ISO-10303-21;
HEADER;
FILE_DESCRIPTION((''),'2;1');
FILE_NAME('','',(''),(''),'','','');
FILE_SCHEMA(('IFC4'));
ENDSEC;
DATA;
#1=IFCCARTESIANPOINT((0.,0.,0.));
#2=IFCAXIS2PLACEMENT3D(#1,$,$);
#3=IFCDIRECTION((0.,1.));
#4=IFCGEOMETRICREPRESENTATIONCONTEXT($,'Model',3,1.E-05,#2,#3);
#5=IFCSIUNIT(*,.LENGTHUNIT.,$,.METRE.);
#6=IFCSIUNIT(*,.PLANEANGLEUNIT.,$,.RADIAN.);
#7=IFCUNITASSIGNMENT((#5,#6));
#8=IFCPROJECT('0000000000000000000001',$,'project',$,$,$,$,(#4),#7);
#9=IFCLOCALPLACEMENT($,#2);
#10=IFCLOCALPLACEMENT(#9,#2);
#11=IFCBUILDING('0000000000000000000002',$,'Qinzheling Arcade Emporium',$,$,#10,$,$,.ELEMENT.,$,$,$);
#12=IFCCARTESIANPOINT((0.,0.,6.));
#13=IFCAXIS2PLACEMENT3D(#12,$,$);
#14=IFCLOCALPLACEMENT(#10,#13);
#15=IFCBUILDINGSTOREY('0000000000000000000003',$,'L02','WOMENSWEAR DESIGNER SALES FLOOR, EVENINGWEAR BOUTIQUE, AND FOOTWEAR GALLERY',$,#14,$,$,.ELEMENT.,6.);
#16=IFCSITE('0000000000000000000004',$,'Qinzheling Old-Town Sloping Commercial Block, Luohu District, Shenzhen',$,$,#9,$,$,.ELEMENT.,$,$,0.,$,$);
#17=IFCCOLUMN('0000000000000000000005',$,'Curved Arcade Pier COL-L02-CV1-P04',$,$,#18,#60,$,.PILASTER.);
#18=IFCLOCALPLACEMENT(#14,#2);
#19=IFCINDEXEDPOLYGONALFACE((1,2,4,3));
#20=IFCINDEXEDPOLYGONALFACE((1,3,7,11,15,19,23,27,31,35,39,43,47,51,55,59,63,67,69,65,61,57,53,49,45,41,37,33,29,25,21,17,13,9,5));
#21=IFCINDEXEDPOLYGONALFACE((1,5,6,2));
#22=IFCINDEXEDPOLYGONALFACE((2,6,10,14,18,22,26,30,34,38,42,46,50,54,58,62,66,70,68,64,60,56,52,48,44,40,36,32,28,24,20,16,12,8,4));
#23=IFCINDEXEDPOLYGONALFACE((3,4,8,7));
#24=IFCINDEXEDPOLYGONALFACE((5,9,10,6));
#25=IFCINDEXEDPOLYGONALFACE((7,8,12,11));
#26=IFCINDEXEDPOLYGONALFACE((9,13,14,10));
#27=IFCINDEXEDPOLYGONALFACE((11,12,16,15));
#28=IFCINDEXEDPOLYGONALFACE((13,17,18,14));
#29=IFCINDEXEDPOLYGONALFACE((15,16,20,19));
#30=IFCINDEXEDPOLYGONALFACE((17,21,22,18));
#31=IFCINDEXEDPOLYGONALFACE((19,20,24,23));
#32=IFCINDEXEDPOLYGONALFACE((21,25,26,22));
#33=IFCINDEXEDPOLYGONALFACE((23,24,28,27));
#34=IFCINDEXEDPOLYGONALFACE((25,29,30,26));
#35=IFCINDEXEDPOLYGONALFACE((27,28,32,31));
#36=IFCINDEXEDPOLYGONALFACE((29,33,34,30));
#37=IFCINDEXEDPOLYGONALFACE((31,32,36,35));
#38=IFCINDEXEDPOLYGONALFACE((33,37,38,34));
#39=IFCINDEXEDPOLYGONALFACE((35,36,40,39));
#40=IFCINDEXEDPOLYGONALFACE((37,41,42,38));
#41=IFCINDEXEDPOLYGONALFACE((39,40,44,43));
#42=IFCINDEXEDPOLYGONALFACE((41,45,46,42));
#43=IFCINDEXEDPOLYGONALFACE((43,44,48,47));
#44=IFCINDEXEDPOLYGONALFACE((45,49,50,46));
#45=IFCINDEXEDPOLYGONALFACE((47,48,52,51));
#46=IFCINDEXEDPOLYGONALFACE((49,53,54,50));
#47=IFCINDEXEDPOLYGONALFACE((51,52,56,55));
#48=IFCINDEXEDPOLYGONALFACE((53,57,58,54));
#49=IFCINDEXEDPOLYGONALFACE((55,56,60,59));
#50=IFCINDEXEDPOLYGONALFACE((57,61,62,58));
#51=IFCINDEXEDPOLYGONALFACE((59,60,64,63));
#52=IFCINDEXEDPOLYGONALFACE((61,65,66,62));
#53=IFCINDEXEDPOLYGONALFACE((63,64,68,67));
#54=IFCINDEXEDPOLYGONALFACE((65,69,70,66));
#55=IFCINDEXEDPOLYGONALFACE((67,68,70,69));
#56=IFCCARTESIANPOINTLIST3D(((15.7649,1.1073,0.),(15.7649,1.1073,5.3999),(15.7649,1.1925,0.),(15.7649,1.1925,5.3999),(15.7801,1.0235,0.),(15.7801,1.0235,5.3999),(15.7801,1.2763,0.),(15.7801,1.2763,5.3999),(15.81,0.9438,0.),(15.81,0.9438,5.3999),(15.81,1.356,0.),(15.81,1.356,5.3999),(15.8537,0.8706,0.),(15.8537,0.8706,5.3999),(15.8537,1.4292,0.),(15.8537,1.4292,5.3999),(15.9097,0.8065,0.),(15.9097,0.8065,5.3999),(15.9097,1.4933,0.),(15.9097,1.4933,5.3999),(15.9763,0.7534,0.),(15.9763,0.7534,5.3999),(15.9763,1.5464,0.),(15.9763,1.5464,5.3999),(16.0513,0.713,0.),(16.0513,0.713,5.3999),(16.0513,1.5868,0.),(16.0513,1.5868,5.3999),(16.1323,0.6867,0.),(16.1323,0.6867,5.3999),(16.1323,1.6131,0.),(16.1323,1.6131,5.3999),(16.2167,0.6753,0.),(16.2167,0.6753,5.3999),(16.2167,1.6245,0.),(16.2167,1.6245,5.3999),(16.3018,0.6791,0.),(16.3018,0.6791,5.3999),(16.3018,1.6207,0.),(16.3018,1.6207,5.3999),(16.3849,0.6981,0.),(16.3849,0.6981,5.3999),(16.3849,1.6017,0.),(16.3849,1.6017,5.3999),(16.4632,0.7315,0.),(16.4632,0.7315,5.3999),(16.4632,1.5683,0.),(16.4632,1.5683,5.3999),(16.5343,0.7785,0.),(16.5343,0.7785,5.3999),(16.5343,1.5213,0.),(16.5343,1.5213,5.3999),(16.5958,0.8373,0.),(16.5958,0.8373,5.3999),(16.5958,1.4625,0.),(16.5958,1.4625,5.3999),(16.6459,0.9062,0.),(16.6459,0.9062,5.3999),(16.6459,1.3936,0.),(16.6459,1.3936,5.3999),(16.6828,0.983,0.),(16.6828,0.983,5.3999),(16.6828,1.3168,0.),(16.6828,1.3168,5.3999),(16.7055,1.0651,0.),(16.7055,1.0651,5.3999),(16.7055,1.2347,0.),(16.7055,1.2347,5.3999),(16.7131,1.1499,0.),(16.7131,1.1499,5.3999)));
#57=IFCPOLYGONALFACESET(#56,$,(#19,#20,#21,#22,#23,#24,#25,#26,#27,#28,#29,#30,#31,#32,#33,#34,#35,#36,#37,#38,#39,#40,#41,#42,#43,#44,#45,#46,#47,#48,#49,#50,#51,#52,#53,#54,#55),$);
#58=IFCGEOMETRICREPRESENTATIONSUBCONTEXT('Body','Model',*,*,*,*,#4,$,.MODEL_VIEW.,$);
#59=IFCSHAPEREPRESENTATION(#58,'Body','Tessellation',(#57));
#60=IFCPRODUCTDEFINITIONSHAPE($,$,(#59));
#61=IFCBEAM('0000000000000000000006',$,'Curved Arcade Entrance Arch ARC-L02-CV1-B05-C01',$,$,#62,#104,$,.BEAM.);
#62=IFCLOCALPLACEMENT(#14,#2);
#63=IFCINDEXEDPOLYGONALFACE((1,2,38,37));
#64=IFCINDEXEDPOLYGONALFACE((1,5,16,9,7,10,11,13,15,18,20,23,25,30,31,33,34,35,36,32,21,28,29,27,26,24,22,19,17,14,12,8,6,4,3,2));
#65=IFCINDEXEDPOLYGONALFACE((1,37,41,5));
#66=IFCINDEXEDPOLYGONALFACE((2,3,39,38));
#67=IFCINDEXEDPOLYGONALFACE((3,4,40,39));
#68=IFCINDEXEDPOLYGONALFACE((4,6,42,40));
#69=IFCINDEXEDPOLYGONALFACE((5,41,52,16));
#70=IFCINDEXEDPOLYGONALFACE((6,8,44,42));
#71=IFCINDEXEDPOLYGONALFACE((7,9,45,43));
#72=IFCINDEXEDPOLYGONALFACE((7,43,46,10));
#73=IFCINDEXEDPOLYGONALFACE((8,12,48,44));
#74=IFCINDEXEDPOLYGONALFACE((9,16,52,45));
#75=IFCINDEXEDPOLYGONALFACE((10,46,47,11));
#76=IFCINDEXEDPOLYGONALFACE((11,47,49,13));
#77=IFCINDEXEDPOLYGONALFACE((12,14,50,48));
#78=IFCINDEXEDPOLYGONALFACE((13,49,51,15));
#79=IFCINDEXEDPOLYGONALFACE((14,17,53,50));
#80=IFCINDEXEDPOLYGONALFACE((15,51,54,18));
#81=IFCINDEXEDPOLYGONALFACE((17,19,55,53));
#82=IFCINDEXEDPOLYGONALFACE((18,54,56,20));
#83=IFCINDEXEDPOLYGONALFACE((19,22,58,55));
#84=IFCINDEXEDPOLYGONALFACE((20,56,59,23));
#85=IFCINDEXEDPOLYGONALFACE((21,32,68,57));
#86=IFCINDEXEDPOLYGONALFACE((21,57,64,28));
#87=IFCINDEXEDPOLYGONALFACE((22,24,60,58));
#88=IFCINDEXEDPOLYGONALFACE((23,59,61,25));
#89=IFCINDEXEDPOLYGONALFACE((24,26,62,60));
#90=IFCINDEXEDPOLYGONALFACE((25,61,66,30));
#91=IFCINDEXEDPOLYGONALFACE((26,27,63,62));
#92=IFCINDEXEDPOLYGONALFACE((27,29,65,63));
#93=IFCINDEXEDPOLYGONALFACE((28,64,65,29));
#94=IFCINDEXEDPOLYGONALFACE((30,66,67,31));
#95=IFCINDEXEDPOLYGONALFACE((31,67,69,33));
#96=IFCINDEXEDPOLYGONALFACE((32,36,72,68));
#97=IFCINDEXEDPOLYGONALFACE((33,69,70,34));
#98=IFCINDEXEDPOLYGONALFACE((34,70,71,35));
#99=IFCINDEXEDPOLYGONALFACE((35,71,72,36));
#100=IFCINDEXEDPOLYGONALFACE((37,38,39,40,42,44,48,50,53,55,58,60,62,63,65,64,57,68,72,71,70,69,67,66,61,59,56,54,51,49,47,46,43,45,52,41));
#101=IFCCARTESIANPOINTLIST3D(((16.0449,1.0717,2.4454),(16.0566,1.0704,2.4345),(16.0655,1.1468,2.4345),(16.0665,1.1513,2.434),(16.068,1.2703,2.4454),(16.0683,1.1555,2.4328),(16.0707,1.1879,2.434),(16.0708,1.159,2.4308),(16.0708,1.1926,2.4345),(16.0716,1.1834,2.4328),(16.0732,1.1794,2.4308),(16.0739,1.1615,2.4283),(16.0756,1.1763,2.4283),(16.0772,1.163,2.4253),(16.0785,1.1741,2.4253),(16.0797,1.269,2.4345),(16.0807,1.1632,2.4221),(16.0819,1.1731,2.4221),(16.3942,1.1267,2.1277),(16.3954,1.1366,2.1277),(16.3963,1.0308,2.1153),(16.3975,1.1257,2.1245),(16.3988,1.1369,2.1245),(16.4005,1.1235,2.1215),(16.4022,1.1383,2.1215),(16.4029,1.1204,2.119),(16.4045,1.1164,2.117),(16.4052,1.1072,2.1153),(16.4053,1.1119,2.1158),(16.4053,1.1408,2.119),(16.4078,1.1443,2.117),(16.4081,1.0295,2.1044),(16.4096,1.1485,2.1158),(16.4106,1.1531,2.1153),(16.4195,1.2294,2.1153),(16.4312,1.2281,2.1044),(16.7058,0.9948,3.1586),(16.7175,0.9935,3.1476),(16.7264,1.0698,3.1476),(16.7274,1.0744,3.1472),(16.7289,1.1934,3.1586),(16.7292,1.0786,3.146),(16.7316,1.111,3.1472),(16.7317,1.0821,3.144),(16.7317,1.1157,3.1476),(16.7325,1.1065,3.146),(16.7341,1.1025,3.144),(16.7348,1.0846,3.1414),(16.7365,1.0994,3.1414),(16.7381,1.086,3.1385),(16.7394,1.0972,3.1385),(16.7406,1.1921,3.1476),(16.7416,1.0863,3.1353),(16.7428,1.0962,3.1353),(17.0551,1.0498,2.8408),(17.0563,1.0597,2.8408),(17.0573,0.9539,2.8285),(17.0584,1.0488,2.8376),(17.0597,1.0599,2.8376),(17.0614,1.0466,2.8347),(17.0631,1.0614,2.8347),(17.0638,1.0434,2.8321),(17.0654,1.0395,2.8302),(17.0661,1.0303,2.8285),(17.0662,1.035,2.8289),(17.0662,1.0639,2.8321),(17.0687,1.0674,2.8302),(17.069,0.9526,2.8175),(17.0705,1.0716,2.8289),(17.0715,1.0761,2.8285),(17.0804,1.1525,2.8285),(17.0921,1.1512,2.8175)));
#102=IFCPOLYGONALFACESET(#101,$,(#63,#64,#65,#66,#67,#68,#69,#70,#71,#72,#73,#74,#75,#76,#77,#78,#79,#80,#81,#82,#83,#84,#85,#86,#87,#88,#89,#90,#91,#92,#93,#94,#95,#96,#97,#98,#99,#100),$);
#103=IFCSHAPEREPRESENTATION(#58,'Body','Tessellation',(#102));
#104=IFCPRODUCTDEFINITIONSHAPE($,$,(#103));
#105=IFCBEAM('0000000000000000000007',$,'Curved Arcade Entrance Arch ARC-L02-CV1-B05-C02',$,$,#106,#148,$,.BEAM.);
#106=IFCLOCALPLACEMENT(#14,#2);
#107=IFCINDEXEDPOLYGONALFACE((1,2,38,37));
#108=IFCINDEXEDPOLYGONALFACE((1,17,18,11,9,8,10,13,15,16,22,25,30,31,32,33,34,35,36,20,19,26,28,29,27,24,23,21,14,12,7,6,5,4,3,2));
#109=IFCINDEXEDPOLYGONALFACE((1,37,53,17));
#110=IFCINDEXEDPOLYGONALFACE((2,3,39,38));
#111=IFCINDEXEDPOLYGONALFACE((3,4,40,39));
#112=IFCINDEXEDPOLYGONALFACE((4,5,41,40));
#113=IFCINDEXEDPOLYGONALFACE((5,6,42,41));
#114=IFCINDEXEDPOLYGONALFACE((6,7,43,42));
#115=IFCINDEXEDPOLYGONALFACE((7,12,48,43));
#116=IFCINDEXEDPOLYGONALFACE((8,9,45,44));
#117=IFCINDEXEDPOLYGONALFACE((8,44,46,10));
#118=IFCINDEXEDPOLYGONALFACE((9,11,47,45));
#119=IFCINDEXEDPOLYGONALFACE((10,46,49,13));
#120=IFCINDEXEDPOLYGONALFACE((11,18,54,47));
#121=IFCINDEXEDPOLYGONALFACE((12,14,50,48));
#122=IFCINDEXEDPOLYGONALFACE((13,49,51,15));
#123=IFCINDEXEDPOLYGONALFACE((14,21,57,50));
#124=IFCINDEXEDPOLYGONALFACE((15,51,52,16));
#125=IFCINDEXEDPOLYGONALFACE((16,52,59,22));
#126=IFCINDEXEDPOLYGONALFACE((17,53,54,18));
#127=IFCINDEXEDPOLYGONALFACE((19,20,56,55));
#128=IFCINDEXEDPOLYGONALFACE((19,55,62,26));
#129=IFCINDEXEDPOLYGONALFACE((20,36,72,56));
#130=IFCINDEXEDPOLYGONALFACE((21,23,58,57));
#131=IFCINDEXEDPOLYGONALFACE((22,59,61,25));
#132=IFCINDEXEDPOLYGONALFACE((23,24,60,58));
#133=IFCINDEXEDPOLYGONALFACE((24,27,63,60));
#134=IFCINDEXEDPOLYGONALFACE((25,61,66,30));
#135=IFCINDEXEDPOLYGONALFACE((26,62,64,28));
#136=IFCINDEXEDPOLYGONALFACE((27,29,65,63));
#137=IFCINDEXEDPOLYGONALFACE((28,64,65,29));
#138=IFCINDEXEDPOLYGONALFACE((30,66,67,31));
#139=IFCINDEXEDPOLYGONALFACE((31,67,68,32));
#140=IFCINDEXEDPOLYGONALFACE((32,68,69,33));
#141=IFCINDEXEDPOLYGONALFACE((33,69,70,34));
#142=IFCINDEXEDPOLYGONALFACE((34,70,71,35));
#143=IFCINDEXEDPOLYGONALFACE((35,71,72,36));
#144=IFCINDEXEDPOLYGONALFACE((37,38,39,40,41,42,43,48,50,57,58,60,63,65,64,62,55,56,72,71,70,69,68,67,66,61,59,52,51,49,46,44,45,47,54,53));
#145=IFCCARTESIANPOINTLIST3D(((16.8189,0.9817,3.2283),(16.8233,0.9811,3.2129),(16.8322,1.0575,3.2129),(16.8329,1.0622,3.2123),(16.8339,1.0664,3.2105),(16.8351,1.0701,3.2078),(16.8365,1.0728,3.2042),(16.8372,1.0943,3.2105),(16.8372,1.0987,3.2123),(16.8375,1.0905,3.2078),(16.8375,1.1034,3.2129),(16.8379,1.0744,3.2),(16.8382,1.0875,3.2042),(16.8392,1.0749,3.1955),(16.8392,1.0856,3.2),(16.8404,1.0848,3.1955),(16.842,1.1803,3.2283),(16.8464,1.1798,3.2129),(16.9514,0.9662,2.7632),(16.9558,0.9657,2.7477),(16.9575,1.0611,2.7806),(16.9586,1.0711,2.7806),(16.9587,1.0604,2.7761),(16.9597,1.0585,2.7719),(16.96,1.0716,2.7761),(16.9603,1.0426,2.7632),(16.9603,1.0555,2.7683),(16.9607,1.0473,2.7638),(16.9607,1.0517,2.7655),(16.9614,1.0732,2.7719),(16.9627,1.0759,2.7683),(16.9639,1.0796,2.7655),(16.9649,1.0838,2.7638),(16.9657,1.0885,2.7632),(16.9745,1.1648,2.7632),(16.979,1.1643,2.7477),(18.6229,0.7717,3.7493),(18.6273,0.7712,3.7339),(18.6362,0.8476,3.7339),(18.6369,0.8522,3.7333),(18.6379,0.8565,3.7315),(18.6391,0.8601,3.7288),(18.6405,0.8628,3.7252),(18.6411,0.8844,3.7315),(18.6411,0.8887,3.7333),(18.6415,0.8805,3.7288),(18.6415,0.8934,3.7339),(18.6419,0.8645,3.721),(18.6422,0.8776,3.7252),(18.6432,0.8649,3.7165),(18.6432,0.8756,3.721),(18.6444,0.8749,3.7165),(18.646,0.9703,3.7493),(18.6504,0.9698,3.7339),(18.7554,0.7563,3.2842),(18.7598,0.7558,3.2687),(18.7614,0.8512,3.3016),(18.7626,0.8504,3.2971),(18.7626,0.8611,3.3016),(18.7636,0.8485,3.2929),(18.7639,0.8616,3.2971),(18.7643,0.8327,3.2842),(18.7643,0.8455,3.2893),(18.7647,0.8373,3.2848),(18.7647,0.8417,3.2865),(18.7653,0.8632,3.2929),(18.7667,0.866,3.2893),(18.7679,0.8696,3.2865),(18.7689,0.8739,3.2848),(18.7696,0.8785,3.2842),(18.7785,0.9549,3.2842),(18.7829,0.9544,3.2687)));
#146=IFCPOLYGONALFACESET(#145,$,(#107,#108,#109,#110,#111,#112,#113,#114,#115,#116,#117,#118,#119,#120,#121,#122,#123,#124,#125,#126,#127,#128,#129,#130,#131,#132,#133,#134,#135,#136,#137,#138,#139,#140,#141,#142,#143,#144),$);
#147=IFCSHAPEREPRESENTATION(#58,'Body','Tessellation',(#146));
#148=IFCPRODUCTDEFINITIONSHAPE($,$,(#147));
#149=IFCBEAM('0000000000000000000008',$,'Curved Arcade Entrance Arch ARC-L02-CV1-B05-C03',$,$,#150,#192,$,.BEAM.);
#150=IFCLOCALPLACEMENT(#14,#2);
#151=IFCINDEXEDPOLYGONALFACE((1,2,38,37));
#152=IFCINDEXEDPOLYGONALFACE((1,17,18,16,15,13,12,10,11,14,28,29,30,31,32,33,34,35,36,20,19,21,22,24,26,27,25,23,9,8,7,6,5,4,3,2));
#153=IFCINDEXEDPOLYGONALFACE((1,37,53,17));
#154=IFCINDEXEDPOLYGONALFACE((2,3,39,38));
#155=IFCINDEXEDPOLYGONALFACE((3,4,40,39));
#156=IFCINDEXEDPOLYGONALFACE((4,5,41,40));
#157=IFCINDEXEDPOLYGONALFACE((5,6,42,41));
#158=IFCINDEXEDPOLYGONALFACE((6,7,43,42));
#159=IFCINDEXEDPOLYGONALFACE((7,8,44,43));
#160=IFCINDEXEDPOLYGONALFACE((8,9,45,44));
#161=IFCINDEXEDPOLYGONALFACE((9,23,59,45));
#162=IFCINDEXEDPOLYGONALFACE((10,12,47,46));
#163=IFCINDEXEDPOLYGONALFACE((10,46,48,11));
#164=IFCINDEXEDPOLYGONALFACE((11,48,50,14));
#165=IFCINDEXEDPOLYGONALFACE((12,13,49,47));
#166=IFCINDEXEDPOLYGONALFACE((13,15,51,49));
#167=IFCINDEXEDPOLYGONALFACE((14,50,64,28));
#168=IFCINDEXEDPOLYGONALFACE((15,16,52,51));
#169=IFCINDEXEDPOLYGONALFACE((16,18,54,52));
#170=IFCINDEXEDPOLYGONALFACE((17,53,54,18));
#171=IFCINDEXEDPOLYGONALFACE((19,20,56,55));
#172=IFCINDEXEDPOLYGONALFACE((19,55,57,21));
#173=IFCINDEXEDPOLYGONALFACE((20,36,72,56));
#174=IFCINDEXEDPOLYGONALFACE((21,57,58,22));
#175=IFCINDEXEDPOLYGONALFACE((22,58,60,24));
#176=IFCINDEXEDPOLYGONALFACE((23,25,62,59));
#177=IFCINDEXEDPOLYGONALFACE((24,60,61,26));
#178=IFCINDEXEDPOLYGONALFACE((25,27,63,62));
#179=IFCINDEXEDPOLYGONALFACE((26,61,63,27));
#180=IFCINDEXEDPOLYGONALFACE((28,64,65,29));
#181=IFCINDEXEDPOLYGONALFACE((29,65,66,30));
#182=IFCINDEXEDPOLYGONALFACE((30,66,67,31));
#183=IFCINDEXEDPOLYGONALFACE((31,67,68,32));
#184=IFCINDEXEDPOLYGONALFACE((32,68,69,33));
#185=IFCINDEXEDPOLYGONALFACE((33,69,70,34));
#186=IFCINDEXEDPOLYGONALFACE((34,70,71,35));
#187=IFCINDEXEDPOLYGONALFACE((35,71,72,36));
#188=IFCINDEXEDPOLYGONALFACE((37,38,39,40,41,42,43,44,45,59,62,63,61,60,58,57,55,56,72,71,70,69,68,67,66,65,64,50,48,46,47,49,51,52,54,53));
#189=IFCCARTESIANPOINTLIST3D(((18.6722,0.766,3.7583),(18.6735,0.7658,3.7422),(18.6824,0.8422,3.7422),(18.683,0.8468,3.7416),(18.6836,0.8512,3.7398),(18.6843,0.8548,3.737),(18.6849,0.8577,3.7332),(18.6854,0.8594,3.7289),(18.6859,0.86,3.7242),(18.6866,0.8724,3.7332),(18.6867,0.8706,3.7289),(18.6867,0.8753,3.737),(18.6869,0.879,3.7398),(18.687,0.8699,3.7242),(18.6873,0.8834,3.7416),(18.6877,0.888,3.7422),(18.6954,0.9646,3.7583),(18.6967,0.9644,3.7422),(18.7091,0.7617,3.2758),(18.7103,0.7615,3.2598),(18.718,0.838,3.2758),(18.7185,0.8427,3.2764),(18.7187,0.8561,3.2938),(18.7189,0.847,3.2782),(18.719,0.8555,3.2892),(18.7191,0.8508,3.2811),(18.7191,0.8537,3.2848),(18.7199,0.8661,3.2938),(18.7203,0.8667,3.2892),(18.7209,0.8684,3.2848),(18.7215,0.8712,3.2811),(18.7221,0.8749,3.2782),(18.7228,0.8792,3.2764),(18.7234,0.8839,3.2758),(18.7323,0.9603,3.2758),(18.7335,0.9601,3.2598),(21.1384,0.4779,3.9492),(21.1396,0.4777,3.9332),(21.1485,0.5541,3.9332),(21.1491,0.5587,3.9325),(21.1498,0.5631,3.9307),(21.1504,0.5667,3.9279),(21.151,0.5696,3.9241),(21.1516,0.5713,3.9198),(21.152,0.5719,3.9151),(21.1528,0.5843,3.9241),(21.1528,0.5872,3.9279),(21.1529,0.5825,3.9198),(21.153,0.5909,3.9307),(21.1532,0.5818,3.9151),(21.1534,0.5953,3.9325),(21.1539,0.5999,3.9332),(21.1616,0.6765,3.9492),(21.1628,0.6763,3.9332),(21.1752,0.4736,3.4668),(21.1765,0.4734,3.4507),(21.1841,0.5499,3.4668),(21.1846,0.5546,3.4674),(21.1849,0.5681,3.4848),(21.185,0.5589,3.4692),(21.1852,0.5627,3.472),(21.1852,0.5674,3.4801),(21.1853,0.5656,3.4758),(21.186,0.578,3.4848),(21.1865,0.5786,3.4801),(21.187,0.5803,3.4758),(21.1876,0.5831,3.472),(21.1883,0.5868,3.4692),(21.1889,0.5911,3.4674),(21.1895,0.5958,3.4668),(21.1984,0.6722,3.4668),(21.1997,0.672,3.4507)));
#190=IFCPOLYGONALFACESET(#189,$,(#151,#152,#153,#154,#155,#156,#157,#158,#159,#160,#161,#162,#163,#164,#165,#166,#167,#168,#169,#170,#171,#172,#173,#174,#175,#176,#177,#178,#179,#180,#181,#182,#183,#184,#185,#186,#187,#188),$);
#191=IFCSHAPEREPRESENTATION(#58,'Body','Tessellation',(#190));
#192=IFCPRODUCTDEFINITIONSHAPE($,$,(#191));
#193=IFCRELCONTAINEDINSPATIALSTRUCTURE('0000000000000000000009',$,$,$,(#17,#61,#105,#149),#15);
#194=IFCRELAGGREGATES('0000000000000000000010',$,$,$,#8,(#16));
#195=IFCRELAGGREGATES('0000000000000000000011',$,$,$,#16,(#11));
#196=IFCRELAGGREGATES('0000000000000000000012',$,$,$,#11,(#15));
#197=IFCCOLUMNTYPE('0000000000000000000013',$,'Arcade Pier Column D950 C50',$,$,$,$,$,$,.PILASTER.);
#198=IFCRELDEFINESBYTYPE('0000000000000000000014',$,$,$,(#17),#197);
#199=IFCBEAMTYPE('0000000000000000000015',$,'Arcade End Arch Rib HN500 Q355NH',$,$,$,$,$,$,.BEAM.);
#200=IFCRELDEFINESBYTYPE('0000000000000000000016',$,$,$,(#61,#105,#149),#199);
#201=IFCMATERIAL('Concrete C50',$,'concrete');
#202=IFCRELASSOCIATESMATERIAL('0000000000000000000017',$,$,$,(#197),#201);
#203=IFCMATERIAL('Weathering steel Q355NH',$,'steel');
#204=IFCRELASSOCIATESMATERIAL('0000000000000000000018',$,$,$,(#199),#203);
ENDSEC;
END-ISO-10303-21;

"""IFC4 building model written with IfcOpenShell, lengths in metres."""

from ifc_helpers import new_model, si_unit, direction, frame, origin, origin_2d, place, context, subcontext, project, spatial, circle, i_section, extrude, material, material_profile, profile_set, type_object, element, save


model = new_model("IFC4")

# Units and contexts
model_context = context("Model", 3, precision=1e-05, world=origin(), true_north=direction((0.0, 1.0)))
body_context = subcontext(model_context, "Body", "Model", "MODEL_VIEW")
ifc_project = project(units=[si_unit("LENGTHUNIT", "METRE"), si_unit("PLANEANGLEUNIT", "RADIAN")], contexts=[model_context])

# Site, building, storey
site_placement = place(None, origin())
site = spatial("IfcSite", under=ifc_project, at=site_placement, Name="Qinzheling Old-Town Sloping Commercial Block, Luohu District, Shenzhen", CompositionType="ELEMENT", RefElevation=0.0)
building_placement = place(site_placement, origin())
building = spatial("IfcBuilding", under=site, at=building_placement, Name="Qinzheling Arcade Emporium", CompositionType="ELEMENT")
storey_placement = place(building_placement, frame((0.0, 0.0, 6.0)))
storey = spatial("IfcBuildingStorey", under=building, at=storey_placement, Name="L02", Description="WOMENSWEAR DESIGNER SALES FLOOR, EVENINGWEAR BOUTIQUE, AND FOOTWEAR GALLERY", CompositionType="ELEMENT", Elevation=6.0)

# Column
ifc_material_1 = material(Name="Concrete C50", Category="concrete")
ifc_material_profile_1 = material_profile(ifc_material_1, circle(Radius=0.4751, at=origin_2d()), Name="RC D950", Category="concrete")
ifc_profile_set_1 = profile_set([ifc_material_profile_1], Name="Concrete C50")
column_type = type_object("IfcColumnType", Name="Arcade Pier Column D950 C50", PredefinedType="PILASTER", material=ifc_profile_set_1)
column_placement = place(storey_placement, frame((16.238, 1.1499, 0.0), z_axis=(0.0, 0.0, 1.0), x_axis=(1.0, 0.0, 0.0)))
element("IfcColumn", 1, at=column_placement, inside=storey, type_object=column_type, Name="Curved Arcade Pier COL-L02-CV1-P04", PredefinedType="PILASTER", context=body_context, shape_type="SweptSolid", body=[
    extrude(circle(Radius=0.4751, at=origin_2d()), origin(), (0.0, 0.0, 1.0), 5.3999),
])

# Beams
ifc_material_2 = material(Name="Weathering steel Q355NH", Category="steel")
ifc_material_profile_2 = material_profile(ifc_material_2, i_section(OverallWidth=0.2, OverallDepth=0.5, WebThickness=0.01, FlangeThickness=0.0161, FilletRadius=0.0181, at=origin_2d()), Name="HN 500x200x10x16", Category="steel")
ifc_profile_set_2 = profile_set([ifc_material_profile_2], Name="Weathering steel Q355NH")
beam_type_1 = type_object("IfcBeamType", Name="Arcade End Arch Rib HN500 Q355NH", PredefinedType="BEAM", material=ifc_profile_set_2)
beam_1_placement = place(storey_placement, frame((16.238, 1.1499, 2.2749), z_axis=(0.677612, -0.07885, 0.73118), x_axis=(0.115585, 0.993298, 0.0)))
element("IfcBeam", 2, at=beam_1_placement, inside=storey, type_object=beam_type_1, Name="Curved Arcade Entrance Arch ARC-L02-CV1-B05-C01", PredefinedType="BEAM", context=body_context, shape_type="SweptSolid", body=[
    extrude(i_section(OverallWidth=0.2, OverallDepth=0.5, WebThickness=0.01, FlangeThickness=0.0161, FilletRadius=0.0181, at=origin_2d()), origin(), (0.0, 0.0, 1.0), 0.9753),
])
beam_2_placement = place(storey_placement, frame((16.8989, 1.073, 2.988), z_axis=(0.954784, -0.111127, 0.275749), x_axis=(0.115609, 0.993295, 0.0)))
element("IfcBeam", 3, at=beam_2_placement, inside=storey, type_object=beam_type_1, Name="Curved Arcade Entrance Arch ARC-L02-CV1-B05-C02", PredefinedType="BEAM", context=body_context, shape_type="SweptSolid", body=[
    extrude(i_section(OverallWidth=0.2, OverallDepth=0.5, WebThickness=0.01, FlangeThickness=0.0161, FilletRadius=0.0181, at=origin_2d()), origin(), (0.0, 0.0, 1.0), 1.8894),
])
beam_3_placement = place(storey_placement, frame((18.7029, 0.863, 3.509), z_axis=(0.990322, -0.11569, 0.076669), x_axis=(0.116031, 0.993246, 0.0)))
element("IfcBeam", 4, at=beam_3_placement, inside=storey, type_object=beam_type_1, Name="Curved Arcade Entrance Arch ARC-L02-CV1-B05-C03", PredefinedType="BEAM", context=body_context, shape_type="SweptSolid", body=[
    extrude(i_section(OverallWidth=0.2, OverallDepth=0.5, WebThickness=0.01, FlangeThickness=0.0161, FilletRadius=0.0181, at=origin_2d()), origin(), (0.0, 0.0, 1.0), 2.4902),
])

save(model, "model.ifc")
